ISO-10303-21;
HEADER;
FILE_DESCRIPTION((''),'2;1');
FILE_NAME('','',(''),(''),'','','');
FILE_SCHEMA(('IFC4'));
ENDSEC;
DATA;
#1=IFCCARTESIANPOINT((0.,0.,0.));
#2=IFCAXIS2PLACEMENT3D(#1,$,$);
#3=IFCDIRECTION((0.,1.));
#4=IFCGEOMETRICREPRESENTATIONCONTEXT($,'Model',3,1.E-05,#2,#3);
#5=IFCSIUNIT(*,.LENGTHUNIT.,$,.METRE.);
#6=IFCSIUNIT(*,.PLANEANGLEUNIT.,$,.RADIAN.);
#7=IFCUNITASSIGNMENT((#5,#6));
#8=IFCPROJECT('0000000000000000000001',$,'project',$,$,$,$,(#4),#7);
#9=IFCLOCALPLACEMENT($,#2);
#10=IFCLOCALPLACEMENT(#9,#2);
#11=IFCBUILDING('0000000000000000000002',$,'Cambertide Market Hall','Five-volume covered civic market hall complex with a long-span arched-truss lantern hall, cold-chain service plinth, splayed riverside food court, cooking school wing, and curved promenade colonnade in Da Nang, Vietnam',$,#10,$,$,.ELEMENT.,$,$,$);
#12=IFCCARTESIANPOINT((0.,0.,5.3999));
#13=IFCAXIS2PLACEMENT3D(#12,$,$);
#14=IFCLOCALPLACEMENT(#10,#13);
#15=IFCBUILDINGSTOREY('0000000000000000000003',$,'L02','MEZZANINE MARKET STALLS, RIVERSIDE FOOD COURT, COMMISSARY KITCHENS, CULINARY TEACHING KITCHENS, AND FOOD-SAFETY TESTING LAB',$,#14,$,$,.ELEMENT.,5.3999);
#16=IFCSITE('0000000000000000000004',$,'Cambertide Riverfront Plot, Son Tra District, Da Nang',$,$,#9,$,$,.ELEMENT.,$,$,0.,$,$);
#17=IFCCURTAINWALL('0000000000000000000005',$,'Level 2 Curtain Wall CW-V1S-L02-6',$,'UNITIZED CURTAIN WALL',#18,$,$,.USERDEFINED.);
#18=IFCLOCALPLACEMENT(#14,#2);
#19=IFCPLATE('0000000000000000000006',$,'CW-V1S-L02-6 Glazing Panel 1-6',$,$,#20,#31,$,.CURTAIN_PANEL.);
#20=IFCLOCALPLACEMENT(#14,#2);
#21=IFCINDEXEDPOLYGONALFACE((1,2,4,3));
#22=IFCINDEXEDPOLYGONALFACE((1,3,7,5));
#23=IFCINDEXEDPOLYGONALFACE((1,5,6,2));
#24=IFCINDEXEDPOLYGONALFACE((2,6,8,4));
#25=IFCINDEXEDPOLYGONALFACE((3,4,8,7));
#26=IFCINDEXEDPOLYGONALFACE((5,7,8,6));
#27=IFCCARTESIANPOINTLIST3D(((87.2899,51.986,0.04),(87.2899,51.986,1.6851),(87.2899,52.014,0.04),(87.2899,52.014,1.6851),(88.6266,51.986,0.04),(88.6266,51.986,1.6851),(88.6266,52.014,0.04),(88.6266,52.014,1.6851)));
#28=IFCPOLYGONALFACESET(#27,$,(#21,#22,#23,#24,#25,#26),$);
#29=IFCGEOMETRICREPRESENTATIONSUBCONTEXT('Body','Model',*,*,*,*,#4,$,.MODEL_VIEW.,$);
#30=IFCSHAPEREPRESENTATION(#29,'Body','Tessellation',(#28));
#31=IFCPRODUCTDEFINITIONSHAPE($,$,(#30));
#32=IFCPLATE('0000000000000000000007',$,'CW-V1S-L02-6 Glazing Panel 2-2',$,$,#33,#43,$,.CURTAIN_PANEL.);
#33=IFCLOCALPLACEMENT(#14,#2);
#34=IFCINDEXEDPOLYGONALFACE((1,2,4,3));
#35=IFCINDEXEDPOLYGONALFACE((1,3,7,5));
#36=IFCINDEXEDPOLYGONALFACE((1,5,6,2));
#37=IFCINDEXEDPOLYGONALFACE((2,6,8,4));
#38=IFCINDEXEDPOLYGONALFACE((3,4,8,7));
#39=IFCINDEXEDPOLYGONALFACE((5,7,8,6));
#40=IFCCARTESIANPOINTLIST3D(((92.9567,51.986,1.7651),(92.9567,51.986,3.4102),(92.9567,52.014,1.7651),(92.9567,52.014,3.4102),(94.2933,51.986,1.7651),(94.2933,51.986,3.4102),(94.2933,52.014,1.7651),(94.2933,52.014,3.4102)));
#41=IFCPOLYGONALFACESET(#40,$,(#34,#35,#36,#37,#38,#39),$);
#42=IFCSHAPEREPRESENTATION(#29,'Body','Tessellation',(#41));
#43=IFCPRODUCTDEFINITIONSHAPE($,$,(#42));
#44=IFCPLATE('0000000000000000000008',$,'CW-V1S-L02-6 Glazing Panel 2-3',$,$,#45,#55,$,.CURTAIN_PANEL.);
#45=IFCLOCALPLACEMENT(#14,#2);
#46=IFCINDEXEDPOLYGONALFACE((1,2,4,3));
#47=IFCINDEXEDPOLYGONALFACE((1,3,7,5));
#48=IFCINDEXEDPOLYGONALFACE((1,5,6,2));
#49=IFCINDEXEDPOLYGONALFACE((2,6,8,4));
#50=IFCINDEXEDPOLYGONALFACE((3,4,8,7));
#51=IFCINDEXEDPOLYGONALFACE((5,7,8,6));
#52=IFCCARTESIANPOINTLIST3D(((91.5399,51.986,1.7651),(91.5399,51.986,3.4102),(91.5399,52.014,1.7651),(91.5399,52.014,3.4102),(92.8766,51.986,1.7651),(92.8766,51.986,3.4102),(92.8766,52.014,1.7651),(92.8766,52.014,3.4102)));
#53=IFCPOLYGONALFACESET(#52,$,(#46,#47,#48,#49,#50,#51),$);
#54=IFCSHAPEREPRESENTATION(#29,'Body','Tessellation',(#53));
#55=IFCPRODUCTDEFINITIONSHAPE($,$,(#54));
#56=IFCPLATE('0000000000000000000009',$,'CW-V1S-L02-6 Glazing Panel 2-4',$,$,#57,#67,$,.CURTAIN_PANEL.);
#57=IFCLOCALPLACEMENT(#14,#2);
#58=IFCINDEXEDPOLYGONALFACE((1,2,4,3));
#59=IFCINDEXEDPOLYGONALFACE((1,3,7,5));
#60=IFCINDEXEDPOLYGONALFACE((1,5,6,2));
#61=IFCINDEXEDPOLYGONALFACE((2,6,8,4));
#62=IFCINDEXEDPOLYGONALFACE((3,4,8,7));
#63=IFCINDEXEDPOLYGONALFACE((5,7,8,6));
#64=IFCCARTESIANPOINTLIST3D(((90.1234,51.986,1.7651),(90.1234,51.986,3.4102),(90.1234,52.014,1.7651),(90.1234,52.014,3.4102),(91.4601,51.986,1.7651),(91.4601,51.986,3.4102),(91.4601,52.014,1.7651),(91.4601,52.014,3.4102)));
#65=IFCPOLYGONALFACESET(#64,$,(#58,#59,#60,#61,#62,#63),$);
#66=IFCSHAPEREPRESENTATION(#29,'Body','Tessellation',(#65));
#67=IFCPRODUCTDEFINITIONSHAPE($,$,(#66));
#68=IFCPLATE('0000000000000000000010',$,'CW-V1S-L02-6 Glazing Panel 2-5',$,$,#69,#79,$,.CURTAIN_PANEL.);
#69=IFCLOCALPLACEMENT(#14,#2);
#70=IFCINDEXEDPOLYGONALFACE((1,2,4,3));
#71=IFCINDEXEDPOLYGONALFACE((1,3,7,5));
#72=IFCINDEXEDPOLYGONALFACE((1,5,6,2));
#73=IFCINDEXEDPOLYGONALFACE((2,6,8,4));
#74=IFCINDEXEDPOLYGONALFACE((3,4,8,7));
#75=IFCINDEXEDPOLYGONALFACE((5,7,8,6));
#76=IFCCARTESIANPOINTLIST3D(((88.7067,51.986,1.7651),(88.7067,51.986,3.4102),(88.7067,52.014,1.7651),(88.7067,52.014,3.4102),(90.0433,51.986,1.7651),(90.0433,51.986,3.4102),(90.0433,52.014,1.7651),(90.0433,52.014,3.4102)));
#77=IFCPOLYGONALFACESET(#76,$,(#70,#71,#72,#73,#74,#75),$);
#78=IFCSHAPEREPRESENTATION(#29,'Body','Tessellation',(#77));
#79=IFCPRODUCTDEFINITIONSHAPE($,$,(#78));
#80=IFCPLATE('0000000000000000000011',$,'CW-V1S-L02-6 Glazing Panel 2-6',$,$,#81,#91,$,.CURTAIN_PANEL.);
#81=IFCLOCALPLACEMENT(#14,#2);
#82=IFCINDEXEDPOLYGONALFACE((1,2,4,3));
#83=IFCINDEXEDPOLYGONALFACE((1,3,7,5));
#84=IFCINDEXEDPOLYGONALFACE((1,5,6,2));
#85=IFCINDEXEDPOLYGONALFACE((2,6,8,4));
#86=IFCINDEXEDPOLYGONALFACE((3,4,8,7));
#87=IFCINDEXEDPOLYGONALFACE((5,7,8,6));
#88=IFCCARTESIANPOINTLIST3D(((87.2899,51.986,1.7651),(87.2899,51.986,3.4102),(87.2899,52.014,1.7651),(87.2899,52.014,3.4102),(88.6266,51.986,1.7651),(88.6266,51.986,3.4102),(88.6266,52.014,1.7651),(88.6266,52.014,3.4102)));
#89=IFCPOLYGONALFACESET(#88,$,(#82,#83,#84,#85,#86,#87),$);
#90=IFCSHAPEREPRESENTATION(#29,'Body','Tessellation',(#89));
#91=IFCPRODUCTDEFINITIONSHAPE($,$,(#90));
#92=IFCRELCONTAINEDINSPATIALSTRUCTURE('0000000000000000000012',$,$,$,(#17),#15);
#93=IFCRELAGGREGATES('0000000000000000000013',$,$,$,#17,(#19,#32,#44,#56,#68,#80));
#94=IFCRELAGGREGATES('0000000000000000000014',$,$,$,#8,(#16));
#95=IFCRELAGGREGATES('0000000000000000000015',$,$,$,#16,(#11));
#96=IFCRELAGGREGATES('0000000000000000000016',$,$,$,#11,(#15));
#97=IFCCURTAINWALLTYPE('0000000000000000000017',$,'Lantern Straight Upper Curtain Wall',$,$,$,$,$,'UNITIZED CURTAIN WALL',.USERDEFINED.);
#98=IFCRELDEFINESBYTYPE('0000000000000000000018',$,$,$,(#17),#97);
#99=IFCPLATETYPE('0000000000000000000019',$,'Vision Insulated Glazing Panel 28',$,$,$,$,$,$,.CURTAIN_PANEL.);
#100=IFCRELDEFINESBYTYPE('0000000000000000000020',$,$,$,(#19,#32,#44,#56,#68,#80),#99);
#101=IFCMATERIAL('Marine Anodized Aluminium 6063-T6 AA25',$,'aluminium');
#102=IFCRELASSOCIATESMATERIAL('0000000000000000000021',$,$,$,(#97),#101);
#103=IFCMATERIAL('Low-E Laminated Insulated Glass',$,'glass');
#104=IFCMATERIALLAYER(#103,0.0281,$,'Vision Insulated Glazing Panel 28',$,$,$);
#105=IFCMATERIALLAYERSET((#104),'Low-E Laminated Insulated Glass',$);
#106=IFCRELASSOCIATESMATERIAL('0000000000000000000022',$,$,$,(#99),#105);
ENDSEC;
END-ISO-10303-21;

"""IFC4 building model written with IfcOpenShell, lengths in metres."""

from ifc_helpers import new_model, si_unit, direction, frame, origin, origin_2d, place, context, subcontext, project, spatial, rectangle, extrude, material, layer, layer_set, type_object, element, aggregate, save


model = new_model("IFC4")

# Units and contexts
model_context = context("Model", 3, precision=1e-05, world=origin(), true_north=direction((0.0, 1.0)))
body_context = subcontext(model_context, "Body", "Model", "MODEL_VIEW")
ifc_project = project(units=[si_unit("LENGTHUNIT", "METRE"), si_unit("PLANEANGLEUNIT", "RADIAN")], contexts=[model_context])

# Site, building, storey
site_placement = place(None, origin())
site = spatial("IfcSite", under=ifc_project, at=site_placement, Name="Cambertide Riverfront Plot, Son Tra District, Da Nang", CompositionType="ELEMENT", RefElevation=0.0)
building_placement = place(site_placement, origin())
building = spatial("IfcBuilding", under=site, at=building_placement, Name="Cambertide Market Hall", Description="Five-volume covered civic market hall complex with a long-span arched-truss lantern hall, cold-chain service plinth, splayed riverside food court, cooking school wing, and curved promenade colonnade in Da Nang, Vietnam", CompositionType="ELEMENT")
storey_placement = place(building_placement, frame((0.0, 0.0, 5.3999)))
storey = spatial("IfcBuildingStorey", under=building, at=storey_placement, Name="L02", Description="MEZZANINE MARKET STALLS, RIVERSIDE FOOD COURT, COMMISSARY KITCHENS, CULINARY TEACHING KITCHENS, AND FOOD-SAFETY TESTING LAB", CompositionType="ELEMENT", Elevation=5.3999)

# Curtain wall, plates
ifc_material_1 = material(Name="Marine Anodized Aluminium 6063-T6 AA25", Category="aluminium")
curtain_wall_type = type_object("IfcCurtainWallType", Name="Lantern Straight Upper Curtain Wall", ElementType="UNITIZED CURTAIN WALL", PredefinedType="USERDEFINED", material=ifc_material_1)
curtain_wall_placement = place(storey_placement, origin())
curtain_wall = element("IfcCurtainWall", 1, at=curtain_wall_placement, inside=storey, type_object=curtain_wall_type, Name="Level 2 Curtain Wall CW-V1S-L02-6", ObjectType="UNITIZED CURTAIN WALL", PredefinedType="USERDEFINED")
ifc_material_2 = material(Name="Low-E Laminated Insulated Glass", Category="glass")
ifc_layer = layer(ifc_material_2, 0.0281, Name="Vision Insulated Glazing Panel 28")
ifc_layer_set = layer_set([ifc_layer], Name="Low-E Laminated Insulated Glass")
plate_type = type_object("IfcPlateType", Name="Vision Insulated Glazing Panel 28", PredefinedType="CURTAIN_PANEL", material=ifc_layer_set)
plate_1_placement = place(storey_placement, frame((87.9583, 52.0, 0.04), z_axis=(0.0, 0.0, 1.0), x_axis=(-1.0, 0.0, 0.0)))
plate_1 = element("IfcPlate", 2, at=plate_1_placement, type_object=plate_type, Name="CW-V1S-L02-6 Glazing Panel 1-6", PredefinedType="CURTAIN_PANEL", context=body_context, shape_type="SweptSolid", body=[
    extrude(rectangle(XDim=1.3367, YDim=0.0281, at=origin_2d()), origin(), (0.0, 0.0, 1.0), 1.645),
])
plate_2_placement = place(storey_placement, frame((93.625, 52.0, 1.7651), z_axis=(0.0, 0.0, 1.0), x_axis=(-1.0, 0.0, 0.0)))
plate_2 = element("IfcPlate", 3, at=plate_2_placement, type_object=plate_type, Name="CW-V1S-L02-6 Glazing Panel 2-2", PredefinedType="CURTAIN_PANEL", context=body_context, shape_type="SweptSolid", body=[
    extrude(rectangle(XDim=1.3367, YDim=0.0281, at=origin_2d()), origin(), (0.0, 0.0, 1.0), 1.645),
])
plate_3_placement = place(storey_placement, frame((92.2083, 52.0, 1.7651), z_axis=(0.0, 0.0, 1.0), x_axis=(-1.0, 0.0, 0.0)))
plate_3 = element("IfcPlate", 4, at=plate_3_placement, type_object=plate_type, Name="CW-V1S-L02-6 Glazing Panel 2-3", PredefinedType="CURTAIN_PANEL", context=body_context, shape_type="SweptSolid", body=[
    extrude(rectangle(XDim=1.3367, YDim=0.0281, at=origin_2d()), origin(), (0.0, 0.0, 1.0), 1.645),
])
plate_4_placement = place(storey_placement, frame((90.7917, 52.0, 1.7651), z_axis=(0.0, 0.0, 1.0), x_axis=(-1.0, 0.0, 0.0)))
plate_4 = element("IfcPlate", 5, at=plate_4_placement, type_object=plate_type, Name="CW-V1S-L02-6 Glazing Panel 2-4", PredefinedType="CURTAIN_PANEL", context=body_context, shape_type="SweptSolid", body=[
    extrude(rectangle(XDim=1.3367, YDim=0.0281, at=origin_2d()), origin(), (0.0, 0.0, 1.0), 1.645),
])
plate_5_placement = place(storey_placement, frame((89.375, 52.0, 1.7651), z_axis=(0.0, 0.0, 1.0), x_axis=(-1.0, 0.0, 0.0)))
plate_5 = element("IfcPlate", 6, at=plate_5_placement, type_object=plate_type, Name="CW-V1S-L02-6 Glazing Panel 2-5", PredefinedType="CURTAIN_PANEL", context=body_context, shape_type="SweptSolid", body=[
    extrude(rectangle(XDim=1.3367, YDim=0.0281, at=origin_2d()), origin(), (0.0, 0.0, 1.0), 1.645),
])
plate_6_placement = place(storey_placement, frame((87.9583, 52.0, 1.7651), z_axis=(0.0, 0.0, 1.0), x_axis=(-1.0, 0.0, 0.0)))
plate_6 = element("IfcPlate", 7, at=plate_6_placement, type_object=plate_type, Name="CW-V1S-L02-6 Glazing Panel 2-6", PredefinedType="CURTAIN_PANEL", context=body_context, shape_type="SweptSolid", body=[
    extrude(rectangle(XDim=1.3367, YDim=0.0281, at=origin_2d()), origin(), (0.0, 0.0, 1.0), 1.645),
])
aggregate(curtain_wall, [plate_1, plate_2, plate_3, plate_4, plate_5, plate_6])

save(model, "model.ifc")
